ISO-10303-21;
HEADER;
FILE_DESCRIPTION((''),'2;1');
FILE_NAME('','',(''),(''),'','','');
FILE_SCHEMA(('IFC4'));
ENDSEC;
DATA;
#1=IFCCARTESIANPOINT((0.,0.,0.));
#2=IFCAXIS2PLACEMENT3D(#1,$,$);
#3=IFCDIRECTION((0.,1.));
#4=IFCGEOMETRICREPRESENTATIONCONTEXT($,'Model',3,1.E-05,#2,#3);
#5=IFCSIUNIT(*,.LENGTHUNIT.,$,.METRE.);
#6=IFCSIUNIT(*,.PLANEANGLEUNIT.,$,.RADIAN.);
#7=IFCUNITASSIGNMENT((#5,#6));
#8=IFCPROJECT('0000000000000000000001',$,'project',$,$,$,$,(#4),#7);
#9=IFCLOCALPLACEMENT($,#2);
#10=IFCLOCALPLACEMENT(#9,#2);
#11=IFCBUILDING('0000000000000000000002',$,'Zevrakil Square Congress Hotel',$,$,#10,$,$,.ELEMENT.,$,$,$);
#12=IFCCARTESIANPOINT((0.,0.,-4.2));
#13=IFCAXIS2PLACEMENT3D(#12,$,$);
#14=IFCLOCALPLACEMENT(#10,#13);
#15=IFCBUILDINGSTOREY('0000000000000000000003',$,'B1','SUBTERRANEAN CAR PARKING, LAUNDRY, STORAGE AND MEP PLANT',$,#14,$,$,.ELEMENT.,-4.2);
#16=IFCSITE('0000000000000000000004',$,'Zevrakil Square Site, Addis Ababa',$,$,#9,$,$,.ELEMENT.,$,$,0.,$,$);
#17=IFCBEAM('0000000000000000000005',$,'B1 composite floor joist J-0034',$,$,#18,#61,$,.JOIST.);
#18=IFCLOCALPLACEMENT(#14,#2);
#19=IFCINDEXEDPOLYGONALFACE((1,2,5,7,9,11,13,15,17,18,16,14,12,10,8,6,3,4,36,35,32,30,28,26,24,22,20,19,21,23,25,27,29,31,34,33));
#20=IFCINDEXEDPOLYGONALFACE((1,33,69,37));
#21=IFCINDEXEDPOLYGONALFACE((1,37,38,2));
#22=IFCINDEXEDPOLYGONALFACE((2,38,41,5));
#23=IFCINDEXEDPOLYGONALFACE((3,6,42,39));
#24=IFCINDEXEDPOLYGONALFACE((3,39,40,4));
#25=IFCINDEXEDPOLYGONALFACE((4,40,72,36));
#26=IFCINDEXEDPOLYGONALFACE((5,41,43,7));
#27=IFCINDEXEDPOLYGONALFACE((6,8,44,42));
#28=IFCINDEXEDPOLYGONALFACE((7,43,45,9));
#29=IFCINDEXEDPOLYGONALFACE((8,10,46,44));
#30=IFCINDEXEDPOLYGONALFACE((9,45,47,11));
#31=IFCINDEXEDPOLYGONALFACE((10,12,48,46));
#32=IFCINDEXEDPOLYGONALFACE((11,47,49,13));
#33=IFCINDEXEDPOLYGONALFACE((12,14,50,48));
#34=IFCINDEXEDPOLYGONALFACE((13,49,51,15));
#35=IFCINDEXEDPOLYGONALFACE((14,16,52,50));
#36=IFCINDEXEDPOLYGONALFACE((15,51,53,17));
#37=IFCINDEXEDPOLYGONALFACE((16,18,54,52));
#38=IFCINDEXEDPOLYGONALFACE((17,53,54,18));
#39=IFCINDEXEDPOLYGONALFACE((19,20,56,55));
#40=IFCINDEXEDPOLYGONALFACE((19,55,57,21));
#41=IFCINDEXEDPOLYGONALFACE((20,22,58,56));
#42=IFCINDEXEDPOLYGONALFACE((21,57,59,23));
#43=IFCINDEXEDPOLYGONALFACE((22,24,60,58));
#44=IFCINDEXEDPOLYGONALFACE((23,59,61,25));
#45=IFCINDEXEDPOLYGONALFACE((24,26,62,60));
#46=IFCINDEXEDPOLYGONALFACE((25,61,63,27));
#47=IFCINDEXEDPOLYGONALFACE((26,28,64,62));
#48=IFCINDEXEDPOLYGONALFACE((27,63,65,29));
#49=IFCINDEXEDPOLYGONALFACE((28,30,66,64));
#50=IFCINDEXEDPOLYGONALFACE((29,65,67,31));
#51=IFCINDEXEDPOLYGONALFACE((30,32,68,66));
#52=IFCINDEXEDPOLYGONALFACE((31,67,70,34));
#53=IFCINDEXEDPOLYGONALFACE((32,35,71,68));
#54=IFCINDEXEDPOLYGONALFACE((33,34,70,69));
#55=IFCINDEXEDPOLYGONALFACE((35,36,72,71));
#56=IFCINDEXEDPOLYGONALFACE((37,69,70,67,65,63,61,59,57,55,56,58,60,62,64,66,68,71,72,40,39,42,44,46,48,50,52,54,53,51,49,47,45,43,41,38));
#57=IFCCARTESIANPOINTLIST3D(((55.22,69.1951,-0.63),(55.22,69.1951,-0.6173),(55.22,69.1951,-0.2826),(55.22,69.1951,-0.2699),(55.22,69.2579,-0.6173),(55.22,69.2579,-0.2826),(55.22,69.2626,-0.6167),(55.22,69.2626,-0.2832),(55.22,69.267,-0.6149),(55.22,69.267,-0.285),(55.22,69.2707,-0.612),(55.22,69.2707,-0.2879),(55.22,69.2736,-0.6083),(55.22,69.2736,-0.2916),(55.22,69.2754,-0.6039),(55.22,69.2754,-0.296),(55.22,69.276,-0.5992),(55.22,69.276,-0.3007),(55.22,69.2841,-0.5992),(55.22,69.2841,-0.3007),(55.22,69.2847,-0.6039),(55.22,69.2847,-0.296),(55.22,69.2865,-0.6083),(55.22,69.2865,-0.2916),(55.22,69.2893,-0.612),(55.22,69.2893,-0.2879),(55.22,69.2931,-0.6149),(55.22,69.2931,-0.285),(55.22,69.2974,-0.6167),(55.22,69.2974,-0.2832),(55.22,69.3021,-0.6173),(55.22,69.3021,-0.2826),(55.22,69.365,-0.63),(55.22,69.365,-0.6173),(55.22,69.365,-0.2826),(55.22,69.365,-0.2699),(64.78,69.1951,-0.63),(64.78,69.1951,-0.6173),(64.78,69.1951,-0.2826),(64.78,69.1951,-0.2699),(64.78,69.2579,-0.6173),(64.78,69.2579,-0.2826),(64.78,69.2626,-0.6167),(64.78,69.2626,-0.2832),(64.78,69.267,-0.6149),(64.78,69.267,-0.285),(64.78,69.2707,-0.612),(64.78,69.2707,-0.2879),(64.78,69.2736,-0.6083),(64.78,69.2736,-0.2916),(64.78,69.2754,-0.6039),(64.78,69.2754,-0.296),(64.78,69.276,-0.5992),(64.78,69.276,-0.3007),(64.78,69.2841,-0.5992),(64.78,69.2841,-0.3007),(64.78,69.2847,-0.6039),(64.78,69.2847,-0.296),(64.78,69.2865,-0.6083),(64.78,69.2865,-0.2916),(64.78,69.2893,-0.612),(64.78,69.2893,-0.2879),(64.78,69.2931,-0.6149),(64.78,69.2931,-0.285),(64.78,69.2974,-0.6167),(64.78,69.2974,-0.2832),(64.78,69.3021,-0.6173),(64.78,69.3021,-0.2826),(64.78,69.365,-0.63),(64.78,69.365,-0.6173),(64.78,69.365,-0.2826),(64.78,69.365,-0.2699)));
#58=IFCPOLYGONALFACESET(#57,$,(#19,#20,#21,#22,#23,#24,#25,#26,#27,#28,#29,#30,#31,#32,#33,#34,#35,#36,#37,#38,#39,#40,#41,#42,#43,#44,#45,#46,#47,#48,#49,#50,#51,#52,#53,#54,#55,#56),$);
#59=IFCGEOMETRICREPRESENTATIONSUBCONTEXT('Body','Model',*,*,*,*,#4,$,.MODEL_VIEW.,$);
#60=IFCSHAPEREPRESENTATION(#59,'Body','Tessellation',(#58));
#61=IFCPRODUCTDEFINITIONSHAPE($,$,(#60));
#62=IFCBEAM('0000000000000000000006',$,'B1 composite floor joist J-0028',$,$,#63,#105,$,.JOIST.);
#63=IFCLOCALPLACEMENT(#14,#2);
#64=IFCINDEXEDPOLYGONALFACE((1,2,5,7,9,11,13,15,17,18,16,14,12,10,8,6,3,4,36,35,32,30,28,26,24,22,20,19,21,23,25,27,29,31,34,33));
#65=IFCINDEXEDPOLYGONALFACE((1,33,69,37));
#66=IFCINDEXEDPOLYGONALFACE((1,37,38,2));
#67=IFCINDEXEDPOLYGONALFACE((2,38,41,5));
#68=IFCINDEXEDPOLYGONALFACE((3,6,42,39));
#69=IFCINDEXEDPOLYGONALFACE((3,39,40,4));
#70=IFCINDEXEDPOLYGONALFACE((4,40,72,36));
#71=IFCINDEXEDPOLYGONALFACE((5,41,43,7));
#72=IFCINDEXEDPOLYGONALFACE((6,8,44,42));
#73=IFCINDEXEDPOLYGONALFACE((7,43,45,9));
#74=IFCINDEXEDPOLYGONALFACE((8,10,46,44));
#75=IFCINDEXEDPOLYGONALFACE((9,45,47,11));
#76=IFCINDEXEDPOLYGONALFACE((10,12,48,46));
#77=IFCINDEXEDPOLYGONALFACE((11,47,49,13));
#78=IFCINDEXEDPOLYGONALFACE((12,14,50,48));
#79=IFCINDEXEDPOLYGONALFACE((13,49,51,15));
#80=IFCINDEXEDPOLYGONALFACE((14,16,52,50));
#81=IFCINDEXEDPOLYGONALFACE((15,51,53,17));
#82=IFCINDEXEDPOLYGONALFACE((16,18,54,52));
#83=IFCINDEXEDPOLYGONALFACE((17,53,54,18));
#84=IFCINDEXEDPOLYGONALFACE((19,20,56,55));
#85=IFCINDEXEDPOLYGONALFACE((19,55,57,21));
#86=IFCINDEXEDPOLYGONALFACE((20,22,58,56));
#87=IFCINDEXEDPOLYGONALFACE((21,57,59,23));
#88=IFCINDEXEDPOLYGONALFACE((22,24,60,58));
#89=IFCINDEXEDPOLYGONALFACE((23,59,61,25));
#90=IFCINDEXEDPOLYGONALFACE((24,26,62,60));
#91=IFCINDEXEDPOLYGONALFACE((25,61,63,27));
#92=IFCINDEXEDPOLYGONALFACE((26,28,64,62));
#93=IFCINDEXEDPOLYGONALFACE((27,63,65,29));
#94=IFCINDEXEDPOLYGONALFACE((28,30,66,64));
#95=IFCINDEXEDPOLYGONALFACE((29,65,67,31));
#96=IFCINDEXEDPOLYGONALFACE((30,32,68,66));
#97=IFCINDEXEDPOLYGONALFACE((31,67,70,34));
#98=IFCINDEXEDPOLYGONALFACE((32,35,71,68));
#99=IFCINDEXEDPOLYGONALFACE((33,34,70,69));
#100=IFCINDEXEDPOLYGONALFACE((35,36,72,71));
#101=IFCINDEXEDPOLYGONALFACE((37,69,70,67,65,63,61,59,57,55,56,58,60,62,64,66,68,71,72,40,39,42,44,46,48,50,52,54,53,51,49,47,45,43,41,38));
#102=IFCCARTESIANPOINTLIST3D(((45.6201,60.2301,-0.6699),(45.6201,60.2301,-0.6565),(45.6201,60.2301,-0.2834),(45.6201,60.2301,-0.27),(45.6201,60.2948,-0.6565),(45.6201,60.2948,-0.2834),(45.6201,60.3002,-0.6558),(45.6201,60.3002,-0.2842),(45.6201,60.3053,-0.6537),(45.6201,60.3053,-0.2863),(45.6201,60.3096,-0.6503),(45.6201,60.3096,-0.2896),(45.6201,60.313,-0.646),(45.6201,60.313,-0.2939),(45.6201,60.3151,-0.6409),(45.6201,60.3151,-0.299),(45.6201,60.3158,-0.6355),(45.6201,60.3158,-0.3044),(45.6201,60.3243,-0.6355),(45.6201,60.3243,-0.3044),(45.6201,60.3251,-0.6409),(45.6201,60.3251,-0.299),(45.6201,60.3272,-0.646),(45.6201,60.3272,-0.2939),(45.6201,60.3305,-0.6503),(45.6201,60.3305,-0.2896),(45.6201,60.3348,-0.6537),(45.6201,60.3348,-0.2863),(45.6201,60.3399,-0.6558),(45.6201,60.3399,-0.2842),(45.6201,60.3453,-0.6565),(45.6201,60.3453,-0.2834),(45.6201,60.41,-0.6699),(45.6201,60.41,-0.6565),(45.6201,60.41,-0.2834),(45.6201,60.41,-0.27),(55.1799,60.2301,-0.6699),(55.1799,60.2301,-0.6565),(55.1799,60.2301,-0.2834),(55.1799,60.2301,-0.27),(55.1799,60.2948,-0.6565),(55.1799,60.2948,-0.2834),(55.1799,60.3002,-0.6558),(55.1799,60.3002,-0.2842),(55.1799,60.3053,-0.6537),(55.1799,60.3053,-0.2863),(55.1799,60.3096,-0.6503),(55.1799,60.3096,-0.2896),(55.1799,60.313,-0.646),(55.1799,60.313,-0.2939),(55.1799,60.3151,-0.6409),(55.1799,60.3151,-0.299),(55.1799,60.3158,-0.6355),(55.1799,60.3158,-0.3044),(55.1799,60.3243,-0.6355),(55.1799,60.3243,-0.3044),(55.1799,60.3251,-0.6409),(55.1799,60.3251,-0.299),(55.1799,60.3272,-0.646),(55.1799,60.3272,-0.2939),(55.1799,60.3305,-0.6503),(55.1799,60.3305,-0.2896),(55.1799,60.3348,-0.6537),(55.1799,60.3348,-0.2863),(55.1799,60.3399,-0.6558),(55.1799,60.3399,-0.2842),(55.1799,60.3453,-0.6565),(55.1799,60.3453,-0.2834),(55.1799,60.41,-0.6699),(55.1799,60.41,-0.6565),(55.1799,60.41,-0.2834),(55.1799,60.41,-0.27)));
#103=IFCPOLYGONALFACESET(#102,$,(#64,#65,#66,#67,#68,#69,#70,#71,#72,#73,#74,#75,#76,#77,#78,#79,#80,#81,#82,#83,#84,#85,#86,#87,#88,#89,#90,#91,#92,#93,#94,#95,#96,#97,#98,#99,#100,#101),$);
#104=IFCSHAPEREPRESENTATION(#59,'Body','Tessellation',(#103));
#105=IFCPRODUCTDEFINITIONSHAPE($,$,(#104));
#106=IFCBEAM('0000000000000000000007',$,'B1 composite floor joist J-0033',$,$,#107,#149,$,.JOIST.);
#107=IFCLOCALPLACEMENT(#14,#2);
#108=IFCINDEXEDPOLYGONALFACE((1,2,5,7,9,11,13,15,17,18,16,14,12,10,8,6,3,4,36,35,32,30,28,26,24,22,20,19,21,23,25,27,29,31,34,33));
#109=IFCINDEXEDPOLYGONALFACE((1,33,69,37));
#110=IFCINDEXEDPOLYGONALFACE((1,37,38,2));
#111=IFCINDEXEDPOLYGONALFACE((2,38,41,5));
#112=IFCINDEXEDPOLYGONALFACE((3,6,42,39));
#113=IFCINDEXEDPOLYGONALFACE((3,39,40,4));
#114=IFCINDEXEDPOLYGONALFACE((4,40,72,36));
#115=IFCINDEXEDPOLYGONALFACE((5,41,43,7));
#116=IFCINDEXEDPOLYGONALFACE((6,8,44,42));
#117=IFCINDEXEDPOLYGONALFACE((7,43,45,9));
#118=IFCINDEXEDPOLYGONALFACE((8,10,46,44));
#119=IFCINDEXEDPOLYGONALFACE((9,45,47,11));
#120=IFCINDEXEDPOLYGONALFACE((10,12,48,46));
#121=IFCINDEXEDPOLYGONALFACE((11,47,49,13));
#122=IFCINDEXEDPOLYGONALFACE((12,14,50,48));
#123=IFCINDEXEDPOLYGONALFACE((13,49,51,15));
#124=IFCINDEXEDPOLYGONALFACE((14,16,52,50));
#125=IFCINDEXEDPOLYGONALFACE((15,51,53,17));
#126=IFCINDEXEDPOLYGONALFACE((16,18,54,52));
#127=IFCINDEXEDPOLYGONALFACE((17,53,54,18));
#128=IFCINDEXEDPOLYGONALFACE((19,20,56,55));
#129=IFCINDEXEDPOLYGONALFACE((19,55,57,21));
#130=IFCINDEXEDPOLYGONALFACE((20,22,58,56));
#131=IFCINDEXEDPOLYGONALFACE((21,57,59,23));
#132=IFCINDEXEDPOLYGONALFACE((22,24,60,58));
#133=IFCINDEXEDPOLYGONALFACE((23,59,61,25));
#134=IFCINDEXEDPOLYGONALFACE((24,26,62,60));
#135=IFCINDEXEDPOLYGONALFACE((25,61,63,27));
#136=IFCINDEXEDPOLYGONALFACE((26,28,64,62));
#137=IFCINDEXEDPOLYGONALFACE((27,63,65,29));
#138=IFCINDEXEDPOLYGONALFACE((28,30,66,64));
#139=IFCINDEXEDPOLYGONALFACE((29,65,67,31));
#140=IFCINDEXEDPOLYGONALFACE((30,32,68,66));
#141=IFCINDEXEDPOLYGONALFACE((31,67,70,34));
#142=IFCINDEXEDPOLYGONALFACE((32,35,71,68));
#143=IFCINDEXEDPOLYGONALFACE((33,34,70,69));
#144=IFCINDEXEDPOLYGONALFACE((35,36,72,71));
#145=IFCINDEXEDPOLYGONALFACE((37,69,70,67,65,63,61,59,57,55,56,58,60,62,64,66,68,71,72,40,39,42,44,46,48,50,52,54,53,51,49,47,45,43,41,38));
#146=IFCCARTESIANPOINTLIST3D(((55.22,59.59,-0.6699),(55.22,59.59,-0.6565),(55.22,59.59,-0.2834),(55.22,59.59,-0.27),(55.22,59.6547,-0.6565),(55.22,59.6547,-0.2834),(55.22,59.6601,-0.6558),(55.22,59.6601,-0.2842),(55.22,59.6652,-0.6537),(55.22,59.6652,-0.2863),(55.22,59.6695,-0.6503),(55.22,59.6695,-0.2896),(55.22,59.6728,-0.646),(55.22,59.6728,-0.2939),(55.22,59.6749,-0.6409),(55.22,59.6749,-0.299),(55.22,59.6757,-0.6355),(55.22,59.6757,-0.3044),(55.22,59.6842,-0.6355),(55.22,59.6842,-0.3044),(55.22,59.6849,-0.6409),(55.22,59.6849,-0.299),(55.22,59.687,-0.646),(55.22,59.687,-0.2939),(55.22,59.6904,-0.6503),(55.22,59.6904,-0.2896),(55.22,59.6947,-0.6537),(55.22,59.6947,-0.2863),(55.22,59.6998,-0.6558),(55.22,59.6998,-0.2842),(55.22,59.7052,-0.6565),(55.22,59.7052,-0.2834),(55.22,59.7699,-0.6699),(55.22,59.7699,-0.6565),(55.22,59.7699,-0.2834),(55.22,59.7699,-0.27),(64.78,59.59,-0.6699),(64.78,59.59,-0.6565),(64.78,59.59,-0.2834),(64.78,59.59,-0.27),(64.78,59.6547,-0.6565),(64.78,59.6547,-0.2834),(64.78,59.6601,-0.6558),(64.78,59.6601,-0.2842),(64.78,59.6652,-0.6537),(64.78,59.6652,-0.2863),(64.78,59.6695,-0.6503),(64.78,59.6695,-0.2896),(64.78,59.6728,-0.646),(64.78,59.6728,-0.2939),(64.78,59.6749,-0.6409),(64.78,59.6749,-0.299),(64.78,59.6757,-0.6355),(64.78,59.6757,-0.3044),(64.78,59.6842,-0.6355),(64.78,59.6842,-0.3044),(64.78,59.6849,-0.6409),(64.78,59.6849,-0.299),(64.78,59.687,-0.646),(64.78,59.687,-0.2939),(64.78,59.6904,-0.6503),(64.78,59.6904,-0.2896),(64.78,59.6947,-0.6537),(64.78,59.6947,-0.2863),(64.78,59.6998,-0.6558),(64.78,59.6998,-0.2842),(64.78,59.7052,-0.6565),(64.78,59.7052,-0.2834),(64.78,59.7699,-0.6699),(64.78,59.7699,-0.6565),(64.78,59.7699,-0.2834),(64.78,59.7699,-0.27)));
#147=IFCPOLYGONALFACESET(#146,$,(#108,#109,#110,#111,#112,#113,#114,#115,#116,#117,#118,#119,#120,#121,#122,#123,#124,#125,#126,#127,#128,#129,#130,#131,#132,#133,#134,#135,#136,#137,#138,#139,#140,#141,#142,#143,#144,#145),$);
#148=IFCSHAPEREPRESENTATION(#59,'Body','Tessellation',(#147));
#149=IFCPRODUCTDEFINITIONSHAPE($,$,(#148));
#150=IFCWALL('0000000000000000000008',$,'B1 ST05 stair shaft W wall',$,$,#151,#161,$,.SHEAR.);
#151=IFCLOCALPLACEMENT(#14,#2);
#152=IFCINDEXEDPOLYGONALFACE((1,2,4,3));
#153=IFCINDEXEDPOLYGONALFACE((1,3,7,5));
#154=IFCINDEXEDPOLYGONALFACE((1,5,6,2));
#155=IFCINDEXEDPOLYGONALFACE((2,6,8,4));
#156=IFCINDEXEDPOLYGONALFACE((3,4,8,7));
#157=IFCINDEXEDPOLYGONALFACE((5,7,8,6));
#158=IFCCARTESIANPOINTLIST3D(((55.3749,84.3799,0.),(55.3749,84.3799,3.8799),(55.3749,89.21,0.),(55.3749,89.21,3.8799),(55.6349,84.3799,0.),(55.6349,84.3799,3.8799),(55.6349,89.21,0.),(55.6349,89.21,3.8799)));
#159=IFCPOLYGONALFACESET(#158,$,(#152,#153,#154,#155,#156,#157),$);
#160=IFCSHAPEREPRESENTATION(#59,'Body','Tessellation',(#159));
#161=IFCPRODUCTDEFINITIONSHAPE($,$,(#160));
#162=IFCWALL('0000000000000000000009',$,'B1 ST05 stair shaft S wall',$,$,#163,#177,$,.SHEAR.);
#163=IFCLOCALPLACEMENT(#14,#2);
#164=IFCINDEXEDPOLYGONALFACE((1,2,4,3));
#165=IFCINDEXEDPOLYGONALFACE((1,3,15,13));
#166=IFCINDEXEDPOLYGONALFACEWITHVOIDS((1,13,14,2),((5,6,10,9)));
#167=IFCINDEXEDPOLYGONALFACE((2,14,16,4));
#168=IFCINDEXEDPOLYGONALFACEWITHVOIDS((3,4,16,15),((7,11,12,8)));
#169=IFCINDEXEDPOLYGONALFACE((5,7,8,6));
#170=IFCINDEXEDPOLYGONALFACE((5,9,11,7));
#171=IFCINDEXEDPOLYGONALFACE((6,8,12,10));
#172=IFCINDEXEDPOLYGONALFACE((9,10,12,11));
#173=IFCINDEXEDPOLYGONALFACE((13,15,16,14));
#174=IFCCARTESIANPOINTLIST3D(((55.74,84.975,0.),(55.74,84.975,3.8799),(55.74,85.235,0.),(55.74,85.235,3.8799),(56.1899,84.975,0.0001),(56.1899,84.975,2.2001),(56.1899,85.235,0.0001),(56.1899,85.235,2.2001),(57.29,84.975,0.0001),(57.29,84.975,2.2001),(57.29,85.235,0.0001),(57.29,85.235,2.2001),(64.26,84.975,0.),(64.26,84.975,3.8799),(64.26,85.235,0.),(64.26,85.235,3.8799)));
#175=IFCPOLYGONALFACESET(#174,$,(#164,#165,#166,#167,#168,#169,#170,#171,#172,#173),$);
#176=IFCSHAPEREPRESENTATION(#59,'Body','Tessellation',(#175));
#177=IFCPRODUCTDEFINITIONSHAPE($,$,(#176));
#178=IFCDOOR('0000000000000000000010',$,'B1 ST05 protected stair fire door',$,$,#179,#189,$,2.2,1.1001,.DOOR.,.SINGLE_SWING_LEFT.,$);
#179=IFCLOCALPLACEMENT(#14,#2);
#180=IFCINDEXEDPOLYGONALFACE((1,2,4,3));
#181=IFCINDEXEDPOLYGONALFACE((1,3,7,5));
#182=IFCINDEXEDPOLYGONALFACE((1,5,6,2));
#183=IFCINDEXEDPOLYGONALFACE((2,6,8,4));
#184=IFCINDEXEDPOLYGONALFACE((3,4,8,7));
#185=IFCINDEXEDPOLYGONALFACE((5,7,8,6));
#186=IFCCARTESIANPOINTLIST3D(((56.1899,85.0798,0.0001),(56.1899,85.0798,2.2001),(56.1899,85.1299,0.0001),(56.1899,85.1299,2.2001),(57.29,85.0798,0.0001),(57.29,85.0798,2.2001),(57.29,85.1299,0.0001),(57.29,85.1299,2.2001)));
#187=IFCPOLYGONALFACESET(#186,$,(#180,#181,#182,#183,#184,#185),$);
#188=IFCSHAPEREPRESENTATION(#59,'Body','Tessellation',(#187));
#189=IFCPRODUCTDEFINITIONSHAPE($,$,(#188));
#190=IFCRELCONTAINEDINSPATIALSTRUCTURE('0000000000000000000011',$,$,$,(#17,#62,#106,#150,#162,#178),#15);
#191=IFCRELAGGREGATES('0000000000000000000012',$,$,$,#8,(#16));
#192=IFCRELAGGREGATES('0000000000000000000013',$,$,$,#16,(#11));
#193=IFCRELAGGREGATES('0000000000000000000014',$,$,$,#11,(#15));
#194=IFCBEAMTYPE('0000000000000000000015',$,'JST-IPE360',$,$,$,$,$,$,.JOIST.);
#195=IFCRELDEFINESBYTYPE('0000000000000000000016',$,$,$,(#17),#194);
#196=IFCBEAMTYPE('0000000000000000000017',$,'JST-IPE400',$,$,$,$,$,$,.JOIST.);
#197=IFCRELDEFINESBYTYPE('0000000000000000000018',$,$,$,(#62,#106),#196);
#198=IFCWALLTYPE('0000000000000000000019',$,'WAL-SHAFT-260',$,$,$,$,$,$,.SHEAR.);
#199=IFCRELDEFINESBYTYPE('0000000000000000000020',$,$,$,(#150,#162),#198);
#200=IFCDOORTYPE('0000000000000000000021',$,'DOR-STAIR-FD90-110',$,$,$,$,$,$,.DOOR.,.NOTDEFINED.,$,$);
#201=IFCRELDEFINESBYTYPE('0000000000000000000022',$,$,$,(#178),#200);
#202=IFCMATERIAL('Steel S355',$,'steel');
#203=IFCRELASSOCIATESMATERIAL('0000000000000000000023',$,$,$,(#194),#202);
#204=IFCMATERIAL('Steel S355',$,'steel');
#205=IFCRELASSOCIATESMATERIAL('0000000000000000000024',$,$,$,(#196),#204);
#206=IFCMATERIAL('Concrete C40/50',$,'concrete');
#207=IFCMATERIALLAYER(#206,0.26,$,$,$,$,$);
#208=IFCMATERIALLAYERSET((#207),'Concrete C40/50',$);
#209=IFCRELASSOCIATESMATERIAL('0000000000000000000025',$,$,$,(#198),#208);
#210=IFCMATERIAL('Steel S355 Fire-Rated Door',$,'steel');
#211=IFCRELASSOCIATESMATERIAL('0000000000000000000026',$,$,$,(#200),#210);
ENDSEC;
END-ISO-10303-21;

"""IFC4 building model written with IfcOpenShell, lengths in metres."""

from ifc_helpers import new_model, si_unit, direction, frame, frame_2d, origin, origin_2d, place, context, subcontext, project, spatial, rectangle, i_section, extrude, material, layer, layer_set, material_profile, profile_set, type_object, element, fill, save


model = new_model("IFC4")

# Units and contexts
model_context = context("Model", 3, precision=1e-05, world=origin(), true_north=direction((0.0, 1.0)))
body_context = subcontext(model_context, "Body", "Model", "MODEL_VIEW")
ifc_project = project(units=[si_unit("LENGTHUNIT", "METRE"), si_unit("PLANEANGLEUNIT", "RADIAN")], contexts=[model_context])

# Site, building, storey
site_placement = place(None, origin())
site = spatial("IfcSite", under=ifc_project, at=site_placement, Name="Zevrakil Square Site, Addis Ababa", CompositionType="ELEMENT", RefElevation=0.0)
building_placement = place(site_placement, origin())
building = spatial("IfcBuilding", under=site, at=building_placement, Name="Zevrakil Square Congress Hotel", CompositionType="ELEMENT")
storey_placement = place(building_placement, frame((0.0, 0.0, -4.2)))
storey = spatial("IfcBuildingStorey", under=building, at=storey_placement, Name="B1", Description="SUBTERRANEAN CAR PARKING, LAUNDRY, STORAGE AND MEP PLANT", CompositionType="ELEMENT", Elevation=-4.2)

# Beams
ifc_material_1 = material(Name="Steel S355", Category="steel")
ifc_material_profile_1 = material_profile(ifc_material_1, i_section(OverallWidth=0.1699, OverallDepth=0.3601, WebThickness=0.0081, FlangeThickness=0.0127, FilletRadius=0.0181, at=origin_2d()), Name="IPE 360")
ifc_profile_set_1 = profile_set([ifc_material_profile_1], Name="Steel S355")
beam_type_1 = type_object("IfcBeamType", Name="JST-IPE360", PredefinedType="JOIST", material=ifc_profile_set_1)
beam_1_placement = place(storey_placement, frame((55.22, 69.28, -0.45), z_axis=(1.0, 0.0, 0.0), x_axis=(0.0, 1.0, 0.0)))
element("IfcBeam", 1, at=beam_1_placement, inside=storey, type_object=beam_type_1, Name="B1 composite floor joist J-0034", PredefinedType="JOIST", context=body_context, shape_type="SweptSolid", body=[
    extrude(i_section(OverallWidth=0.1699, OverallDepth=0.3601, WebThickness=0.0081, FlangeThickness=0.0127, FilletRadius=0.0181, at=origin_2d()), origin(), (0.0, 0.0, 1.0), 9.5601),
])
ifc_material_2 = material(Name="Steel S355", Category="steel")
ifc_material_profile_2 = material_profile(ifc_material_2, i_section(OverallWidth=0.1799, OverallDepth=0.3999, WebThickness=0.0085, FlangeThickness=0.0134, FilletRadius=0.021, at=origin_2d()), Name="IPE 400")
ifc_profile_set_2 = profile_set([ifc_material_profile_2], Name="Steel S355")
beam_type_2 = type_object("IfcBeamType", Name="JST-IPE400", PredefinedType="JOIST", material=ifc_profile_set_2)
beam_2_placement = place(storey_placement, frame((45.6201, 60.3201, -0.47), z_axis=(1.0, 0.0, 0.0), x_axis=(0.0, 1.0, 0.0)))
element("IfcBeam", 2, at=beam_2_placement, inside=storey, type_object=beam_type_2, Name="B1 composite floor joist J-0028", PredefinedType="JOIST", context=body_context, shape_type="SweptSolid", body=[
    extrude(i_section(OverallWidth=0.1799, OverallDepth=0.3999, WebThickness=0.0085, FlangeThickness=0.0134, FilletRadius=0.021, at=origin_2d()), origin(), (0.0, 0.0, 1.0), 9.5598),
])
beam_3_placement = place(storey_placement, frame((55.22, 59.6799, -0.47), z_axis=(1.0, 0.0, 0.0), x_axis=(0.0, 1.0, 0.0)))
element("IfcBeam", 3, at=beam_3_placement, inside=storey, type_object=beam_type_2, Name="B1 composite floor joist J-0033", PredefinedType="JOIST", context=body_context, shape_type="SweptSolid", body=[
    extrude(i_section(OverallWidth=0.1799, OverallDepth=0.3999, WebThickness=0.0085, FlangeThickness=0.0134, FilletRadius=0.021, at=origin_2d()), origin(), (0.0, 0.0, 1.0), 9.5601),
])

# Wall
ifc_material_3 = material(Name="Concrete C40/50", Category="concrete")
ifc_layer = layer(ifc_material_3, 0.26)
ifc_layer_set = layer_set([ifc_layer], Name="Concrete C40/50")
wall_type = type_object("IfcWallType", Name="WAL-SHAFT-260", PredefinedType="SHEAR", material=ifc_layer_set)
wall_1_placement = place(storey_placement, frame((55.5049, 84.3799, 0.0), z_axis=(0.0, 0.0, 1.0), x_axis=(0.0, 1.0, 0.0)))
element("IfcWall", 4, at=wall_1_placement, inside=storey, type_object=wall_type, Name="B1 ST05 stair shaft W wall", PredefinedType="SHEAR", context=body_context, shape_type="SweptSolid", body=[
    extrude(rectangle(XDim=4.8301, YDim=0.26, at=frame_2d((2.415, 0.0))), origin(), (0.0, 0.0, 1.0), 3.8799),
])

# Wall, opening, door
wall_2_placement = place(storey_placement, frame((55.74, 85.105, 0.0), z_axis=(0.0, 0.0, 1.0), x_axis=(1.0, 0.0, 0.0)))
wall_2 = element("IfcWall", 5, at=wall_2_placement, inside=storey, type_object=wall_type, Name="B1 ST05 stair shaft S wall", PredefinedType="SHEAR", context=body_context, shape_type="SweptSolid", body=[
    extrude(rectangle(XDim=8.52, YDim=0.26, at=frame_2d((4.26, 0.0))), origin(), (0.0, 0.0, 1.0), 3.8799),
])
opening_1_placement = place(wall_2_placement, frame((0.45, 0.0, 0.0)))
opening_1 = element("IfcOpeningElement", 6, at=opening_1_placement, cuts=wall_2, PredefinedType="OPENING", context=body_context, shape_type="SweptSolid", body=[
    extrude(rectangle(XDim=1.1001, YDim=2.2, at=frame_2d((0.55, 1.1001))), frame((0.0, 0.1401, 0.0), z_axis=(0.0, -1.0, 0.0), x_axis=(1.0, 0.0, 0.0)), (0.0, 0.0, 1.0), 0.28),
])
ifc_material_4 = material(Name="Steel S355 Fire-Rated Door", Category="steel")
door_type_1 = type_object("IfcDoorType", Name="DOR-STAIR-FD90-110", OperationType="NOTDEFINED", PredefinedType="DOOR", material=ifc_material_4)
door_1_placement = place(opening_1_placement, origin())
door_1 = element("IfcDoor", 7, at=door_1_placement, inside=storey, type_object=door_type_1, Name="B1 ST05 protected stair fire door", OperationType="SINGLE_SWING_LEFT", OverallHeight=2.2, OverallWidth=1.1001, PredefinedType="DOOR", context=body_context, shape_type="SweptSolid", body=[
    extrude(rectangle(XDim=1.1001, YDim=2.2, at=frame_2d((0.55, 1.1001))), frame((0.0, 0.0249, 0.0), z_axis=(0.0, -1.0, 0.0), x_axis=(1.0, 0.0, 0.0)), (0.0, 0.0, 1.0), 0.05),
])
fill(opening_1, door_1)

save(model, "model.ifc")
